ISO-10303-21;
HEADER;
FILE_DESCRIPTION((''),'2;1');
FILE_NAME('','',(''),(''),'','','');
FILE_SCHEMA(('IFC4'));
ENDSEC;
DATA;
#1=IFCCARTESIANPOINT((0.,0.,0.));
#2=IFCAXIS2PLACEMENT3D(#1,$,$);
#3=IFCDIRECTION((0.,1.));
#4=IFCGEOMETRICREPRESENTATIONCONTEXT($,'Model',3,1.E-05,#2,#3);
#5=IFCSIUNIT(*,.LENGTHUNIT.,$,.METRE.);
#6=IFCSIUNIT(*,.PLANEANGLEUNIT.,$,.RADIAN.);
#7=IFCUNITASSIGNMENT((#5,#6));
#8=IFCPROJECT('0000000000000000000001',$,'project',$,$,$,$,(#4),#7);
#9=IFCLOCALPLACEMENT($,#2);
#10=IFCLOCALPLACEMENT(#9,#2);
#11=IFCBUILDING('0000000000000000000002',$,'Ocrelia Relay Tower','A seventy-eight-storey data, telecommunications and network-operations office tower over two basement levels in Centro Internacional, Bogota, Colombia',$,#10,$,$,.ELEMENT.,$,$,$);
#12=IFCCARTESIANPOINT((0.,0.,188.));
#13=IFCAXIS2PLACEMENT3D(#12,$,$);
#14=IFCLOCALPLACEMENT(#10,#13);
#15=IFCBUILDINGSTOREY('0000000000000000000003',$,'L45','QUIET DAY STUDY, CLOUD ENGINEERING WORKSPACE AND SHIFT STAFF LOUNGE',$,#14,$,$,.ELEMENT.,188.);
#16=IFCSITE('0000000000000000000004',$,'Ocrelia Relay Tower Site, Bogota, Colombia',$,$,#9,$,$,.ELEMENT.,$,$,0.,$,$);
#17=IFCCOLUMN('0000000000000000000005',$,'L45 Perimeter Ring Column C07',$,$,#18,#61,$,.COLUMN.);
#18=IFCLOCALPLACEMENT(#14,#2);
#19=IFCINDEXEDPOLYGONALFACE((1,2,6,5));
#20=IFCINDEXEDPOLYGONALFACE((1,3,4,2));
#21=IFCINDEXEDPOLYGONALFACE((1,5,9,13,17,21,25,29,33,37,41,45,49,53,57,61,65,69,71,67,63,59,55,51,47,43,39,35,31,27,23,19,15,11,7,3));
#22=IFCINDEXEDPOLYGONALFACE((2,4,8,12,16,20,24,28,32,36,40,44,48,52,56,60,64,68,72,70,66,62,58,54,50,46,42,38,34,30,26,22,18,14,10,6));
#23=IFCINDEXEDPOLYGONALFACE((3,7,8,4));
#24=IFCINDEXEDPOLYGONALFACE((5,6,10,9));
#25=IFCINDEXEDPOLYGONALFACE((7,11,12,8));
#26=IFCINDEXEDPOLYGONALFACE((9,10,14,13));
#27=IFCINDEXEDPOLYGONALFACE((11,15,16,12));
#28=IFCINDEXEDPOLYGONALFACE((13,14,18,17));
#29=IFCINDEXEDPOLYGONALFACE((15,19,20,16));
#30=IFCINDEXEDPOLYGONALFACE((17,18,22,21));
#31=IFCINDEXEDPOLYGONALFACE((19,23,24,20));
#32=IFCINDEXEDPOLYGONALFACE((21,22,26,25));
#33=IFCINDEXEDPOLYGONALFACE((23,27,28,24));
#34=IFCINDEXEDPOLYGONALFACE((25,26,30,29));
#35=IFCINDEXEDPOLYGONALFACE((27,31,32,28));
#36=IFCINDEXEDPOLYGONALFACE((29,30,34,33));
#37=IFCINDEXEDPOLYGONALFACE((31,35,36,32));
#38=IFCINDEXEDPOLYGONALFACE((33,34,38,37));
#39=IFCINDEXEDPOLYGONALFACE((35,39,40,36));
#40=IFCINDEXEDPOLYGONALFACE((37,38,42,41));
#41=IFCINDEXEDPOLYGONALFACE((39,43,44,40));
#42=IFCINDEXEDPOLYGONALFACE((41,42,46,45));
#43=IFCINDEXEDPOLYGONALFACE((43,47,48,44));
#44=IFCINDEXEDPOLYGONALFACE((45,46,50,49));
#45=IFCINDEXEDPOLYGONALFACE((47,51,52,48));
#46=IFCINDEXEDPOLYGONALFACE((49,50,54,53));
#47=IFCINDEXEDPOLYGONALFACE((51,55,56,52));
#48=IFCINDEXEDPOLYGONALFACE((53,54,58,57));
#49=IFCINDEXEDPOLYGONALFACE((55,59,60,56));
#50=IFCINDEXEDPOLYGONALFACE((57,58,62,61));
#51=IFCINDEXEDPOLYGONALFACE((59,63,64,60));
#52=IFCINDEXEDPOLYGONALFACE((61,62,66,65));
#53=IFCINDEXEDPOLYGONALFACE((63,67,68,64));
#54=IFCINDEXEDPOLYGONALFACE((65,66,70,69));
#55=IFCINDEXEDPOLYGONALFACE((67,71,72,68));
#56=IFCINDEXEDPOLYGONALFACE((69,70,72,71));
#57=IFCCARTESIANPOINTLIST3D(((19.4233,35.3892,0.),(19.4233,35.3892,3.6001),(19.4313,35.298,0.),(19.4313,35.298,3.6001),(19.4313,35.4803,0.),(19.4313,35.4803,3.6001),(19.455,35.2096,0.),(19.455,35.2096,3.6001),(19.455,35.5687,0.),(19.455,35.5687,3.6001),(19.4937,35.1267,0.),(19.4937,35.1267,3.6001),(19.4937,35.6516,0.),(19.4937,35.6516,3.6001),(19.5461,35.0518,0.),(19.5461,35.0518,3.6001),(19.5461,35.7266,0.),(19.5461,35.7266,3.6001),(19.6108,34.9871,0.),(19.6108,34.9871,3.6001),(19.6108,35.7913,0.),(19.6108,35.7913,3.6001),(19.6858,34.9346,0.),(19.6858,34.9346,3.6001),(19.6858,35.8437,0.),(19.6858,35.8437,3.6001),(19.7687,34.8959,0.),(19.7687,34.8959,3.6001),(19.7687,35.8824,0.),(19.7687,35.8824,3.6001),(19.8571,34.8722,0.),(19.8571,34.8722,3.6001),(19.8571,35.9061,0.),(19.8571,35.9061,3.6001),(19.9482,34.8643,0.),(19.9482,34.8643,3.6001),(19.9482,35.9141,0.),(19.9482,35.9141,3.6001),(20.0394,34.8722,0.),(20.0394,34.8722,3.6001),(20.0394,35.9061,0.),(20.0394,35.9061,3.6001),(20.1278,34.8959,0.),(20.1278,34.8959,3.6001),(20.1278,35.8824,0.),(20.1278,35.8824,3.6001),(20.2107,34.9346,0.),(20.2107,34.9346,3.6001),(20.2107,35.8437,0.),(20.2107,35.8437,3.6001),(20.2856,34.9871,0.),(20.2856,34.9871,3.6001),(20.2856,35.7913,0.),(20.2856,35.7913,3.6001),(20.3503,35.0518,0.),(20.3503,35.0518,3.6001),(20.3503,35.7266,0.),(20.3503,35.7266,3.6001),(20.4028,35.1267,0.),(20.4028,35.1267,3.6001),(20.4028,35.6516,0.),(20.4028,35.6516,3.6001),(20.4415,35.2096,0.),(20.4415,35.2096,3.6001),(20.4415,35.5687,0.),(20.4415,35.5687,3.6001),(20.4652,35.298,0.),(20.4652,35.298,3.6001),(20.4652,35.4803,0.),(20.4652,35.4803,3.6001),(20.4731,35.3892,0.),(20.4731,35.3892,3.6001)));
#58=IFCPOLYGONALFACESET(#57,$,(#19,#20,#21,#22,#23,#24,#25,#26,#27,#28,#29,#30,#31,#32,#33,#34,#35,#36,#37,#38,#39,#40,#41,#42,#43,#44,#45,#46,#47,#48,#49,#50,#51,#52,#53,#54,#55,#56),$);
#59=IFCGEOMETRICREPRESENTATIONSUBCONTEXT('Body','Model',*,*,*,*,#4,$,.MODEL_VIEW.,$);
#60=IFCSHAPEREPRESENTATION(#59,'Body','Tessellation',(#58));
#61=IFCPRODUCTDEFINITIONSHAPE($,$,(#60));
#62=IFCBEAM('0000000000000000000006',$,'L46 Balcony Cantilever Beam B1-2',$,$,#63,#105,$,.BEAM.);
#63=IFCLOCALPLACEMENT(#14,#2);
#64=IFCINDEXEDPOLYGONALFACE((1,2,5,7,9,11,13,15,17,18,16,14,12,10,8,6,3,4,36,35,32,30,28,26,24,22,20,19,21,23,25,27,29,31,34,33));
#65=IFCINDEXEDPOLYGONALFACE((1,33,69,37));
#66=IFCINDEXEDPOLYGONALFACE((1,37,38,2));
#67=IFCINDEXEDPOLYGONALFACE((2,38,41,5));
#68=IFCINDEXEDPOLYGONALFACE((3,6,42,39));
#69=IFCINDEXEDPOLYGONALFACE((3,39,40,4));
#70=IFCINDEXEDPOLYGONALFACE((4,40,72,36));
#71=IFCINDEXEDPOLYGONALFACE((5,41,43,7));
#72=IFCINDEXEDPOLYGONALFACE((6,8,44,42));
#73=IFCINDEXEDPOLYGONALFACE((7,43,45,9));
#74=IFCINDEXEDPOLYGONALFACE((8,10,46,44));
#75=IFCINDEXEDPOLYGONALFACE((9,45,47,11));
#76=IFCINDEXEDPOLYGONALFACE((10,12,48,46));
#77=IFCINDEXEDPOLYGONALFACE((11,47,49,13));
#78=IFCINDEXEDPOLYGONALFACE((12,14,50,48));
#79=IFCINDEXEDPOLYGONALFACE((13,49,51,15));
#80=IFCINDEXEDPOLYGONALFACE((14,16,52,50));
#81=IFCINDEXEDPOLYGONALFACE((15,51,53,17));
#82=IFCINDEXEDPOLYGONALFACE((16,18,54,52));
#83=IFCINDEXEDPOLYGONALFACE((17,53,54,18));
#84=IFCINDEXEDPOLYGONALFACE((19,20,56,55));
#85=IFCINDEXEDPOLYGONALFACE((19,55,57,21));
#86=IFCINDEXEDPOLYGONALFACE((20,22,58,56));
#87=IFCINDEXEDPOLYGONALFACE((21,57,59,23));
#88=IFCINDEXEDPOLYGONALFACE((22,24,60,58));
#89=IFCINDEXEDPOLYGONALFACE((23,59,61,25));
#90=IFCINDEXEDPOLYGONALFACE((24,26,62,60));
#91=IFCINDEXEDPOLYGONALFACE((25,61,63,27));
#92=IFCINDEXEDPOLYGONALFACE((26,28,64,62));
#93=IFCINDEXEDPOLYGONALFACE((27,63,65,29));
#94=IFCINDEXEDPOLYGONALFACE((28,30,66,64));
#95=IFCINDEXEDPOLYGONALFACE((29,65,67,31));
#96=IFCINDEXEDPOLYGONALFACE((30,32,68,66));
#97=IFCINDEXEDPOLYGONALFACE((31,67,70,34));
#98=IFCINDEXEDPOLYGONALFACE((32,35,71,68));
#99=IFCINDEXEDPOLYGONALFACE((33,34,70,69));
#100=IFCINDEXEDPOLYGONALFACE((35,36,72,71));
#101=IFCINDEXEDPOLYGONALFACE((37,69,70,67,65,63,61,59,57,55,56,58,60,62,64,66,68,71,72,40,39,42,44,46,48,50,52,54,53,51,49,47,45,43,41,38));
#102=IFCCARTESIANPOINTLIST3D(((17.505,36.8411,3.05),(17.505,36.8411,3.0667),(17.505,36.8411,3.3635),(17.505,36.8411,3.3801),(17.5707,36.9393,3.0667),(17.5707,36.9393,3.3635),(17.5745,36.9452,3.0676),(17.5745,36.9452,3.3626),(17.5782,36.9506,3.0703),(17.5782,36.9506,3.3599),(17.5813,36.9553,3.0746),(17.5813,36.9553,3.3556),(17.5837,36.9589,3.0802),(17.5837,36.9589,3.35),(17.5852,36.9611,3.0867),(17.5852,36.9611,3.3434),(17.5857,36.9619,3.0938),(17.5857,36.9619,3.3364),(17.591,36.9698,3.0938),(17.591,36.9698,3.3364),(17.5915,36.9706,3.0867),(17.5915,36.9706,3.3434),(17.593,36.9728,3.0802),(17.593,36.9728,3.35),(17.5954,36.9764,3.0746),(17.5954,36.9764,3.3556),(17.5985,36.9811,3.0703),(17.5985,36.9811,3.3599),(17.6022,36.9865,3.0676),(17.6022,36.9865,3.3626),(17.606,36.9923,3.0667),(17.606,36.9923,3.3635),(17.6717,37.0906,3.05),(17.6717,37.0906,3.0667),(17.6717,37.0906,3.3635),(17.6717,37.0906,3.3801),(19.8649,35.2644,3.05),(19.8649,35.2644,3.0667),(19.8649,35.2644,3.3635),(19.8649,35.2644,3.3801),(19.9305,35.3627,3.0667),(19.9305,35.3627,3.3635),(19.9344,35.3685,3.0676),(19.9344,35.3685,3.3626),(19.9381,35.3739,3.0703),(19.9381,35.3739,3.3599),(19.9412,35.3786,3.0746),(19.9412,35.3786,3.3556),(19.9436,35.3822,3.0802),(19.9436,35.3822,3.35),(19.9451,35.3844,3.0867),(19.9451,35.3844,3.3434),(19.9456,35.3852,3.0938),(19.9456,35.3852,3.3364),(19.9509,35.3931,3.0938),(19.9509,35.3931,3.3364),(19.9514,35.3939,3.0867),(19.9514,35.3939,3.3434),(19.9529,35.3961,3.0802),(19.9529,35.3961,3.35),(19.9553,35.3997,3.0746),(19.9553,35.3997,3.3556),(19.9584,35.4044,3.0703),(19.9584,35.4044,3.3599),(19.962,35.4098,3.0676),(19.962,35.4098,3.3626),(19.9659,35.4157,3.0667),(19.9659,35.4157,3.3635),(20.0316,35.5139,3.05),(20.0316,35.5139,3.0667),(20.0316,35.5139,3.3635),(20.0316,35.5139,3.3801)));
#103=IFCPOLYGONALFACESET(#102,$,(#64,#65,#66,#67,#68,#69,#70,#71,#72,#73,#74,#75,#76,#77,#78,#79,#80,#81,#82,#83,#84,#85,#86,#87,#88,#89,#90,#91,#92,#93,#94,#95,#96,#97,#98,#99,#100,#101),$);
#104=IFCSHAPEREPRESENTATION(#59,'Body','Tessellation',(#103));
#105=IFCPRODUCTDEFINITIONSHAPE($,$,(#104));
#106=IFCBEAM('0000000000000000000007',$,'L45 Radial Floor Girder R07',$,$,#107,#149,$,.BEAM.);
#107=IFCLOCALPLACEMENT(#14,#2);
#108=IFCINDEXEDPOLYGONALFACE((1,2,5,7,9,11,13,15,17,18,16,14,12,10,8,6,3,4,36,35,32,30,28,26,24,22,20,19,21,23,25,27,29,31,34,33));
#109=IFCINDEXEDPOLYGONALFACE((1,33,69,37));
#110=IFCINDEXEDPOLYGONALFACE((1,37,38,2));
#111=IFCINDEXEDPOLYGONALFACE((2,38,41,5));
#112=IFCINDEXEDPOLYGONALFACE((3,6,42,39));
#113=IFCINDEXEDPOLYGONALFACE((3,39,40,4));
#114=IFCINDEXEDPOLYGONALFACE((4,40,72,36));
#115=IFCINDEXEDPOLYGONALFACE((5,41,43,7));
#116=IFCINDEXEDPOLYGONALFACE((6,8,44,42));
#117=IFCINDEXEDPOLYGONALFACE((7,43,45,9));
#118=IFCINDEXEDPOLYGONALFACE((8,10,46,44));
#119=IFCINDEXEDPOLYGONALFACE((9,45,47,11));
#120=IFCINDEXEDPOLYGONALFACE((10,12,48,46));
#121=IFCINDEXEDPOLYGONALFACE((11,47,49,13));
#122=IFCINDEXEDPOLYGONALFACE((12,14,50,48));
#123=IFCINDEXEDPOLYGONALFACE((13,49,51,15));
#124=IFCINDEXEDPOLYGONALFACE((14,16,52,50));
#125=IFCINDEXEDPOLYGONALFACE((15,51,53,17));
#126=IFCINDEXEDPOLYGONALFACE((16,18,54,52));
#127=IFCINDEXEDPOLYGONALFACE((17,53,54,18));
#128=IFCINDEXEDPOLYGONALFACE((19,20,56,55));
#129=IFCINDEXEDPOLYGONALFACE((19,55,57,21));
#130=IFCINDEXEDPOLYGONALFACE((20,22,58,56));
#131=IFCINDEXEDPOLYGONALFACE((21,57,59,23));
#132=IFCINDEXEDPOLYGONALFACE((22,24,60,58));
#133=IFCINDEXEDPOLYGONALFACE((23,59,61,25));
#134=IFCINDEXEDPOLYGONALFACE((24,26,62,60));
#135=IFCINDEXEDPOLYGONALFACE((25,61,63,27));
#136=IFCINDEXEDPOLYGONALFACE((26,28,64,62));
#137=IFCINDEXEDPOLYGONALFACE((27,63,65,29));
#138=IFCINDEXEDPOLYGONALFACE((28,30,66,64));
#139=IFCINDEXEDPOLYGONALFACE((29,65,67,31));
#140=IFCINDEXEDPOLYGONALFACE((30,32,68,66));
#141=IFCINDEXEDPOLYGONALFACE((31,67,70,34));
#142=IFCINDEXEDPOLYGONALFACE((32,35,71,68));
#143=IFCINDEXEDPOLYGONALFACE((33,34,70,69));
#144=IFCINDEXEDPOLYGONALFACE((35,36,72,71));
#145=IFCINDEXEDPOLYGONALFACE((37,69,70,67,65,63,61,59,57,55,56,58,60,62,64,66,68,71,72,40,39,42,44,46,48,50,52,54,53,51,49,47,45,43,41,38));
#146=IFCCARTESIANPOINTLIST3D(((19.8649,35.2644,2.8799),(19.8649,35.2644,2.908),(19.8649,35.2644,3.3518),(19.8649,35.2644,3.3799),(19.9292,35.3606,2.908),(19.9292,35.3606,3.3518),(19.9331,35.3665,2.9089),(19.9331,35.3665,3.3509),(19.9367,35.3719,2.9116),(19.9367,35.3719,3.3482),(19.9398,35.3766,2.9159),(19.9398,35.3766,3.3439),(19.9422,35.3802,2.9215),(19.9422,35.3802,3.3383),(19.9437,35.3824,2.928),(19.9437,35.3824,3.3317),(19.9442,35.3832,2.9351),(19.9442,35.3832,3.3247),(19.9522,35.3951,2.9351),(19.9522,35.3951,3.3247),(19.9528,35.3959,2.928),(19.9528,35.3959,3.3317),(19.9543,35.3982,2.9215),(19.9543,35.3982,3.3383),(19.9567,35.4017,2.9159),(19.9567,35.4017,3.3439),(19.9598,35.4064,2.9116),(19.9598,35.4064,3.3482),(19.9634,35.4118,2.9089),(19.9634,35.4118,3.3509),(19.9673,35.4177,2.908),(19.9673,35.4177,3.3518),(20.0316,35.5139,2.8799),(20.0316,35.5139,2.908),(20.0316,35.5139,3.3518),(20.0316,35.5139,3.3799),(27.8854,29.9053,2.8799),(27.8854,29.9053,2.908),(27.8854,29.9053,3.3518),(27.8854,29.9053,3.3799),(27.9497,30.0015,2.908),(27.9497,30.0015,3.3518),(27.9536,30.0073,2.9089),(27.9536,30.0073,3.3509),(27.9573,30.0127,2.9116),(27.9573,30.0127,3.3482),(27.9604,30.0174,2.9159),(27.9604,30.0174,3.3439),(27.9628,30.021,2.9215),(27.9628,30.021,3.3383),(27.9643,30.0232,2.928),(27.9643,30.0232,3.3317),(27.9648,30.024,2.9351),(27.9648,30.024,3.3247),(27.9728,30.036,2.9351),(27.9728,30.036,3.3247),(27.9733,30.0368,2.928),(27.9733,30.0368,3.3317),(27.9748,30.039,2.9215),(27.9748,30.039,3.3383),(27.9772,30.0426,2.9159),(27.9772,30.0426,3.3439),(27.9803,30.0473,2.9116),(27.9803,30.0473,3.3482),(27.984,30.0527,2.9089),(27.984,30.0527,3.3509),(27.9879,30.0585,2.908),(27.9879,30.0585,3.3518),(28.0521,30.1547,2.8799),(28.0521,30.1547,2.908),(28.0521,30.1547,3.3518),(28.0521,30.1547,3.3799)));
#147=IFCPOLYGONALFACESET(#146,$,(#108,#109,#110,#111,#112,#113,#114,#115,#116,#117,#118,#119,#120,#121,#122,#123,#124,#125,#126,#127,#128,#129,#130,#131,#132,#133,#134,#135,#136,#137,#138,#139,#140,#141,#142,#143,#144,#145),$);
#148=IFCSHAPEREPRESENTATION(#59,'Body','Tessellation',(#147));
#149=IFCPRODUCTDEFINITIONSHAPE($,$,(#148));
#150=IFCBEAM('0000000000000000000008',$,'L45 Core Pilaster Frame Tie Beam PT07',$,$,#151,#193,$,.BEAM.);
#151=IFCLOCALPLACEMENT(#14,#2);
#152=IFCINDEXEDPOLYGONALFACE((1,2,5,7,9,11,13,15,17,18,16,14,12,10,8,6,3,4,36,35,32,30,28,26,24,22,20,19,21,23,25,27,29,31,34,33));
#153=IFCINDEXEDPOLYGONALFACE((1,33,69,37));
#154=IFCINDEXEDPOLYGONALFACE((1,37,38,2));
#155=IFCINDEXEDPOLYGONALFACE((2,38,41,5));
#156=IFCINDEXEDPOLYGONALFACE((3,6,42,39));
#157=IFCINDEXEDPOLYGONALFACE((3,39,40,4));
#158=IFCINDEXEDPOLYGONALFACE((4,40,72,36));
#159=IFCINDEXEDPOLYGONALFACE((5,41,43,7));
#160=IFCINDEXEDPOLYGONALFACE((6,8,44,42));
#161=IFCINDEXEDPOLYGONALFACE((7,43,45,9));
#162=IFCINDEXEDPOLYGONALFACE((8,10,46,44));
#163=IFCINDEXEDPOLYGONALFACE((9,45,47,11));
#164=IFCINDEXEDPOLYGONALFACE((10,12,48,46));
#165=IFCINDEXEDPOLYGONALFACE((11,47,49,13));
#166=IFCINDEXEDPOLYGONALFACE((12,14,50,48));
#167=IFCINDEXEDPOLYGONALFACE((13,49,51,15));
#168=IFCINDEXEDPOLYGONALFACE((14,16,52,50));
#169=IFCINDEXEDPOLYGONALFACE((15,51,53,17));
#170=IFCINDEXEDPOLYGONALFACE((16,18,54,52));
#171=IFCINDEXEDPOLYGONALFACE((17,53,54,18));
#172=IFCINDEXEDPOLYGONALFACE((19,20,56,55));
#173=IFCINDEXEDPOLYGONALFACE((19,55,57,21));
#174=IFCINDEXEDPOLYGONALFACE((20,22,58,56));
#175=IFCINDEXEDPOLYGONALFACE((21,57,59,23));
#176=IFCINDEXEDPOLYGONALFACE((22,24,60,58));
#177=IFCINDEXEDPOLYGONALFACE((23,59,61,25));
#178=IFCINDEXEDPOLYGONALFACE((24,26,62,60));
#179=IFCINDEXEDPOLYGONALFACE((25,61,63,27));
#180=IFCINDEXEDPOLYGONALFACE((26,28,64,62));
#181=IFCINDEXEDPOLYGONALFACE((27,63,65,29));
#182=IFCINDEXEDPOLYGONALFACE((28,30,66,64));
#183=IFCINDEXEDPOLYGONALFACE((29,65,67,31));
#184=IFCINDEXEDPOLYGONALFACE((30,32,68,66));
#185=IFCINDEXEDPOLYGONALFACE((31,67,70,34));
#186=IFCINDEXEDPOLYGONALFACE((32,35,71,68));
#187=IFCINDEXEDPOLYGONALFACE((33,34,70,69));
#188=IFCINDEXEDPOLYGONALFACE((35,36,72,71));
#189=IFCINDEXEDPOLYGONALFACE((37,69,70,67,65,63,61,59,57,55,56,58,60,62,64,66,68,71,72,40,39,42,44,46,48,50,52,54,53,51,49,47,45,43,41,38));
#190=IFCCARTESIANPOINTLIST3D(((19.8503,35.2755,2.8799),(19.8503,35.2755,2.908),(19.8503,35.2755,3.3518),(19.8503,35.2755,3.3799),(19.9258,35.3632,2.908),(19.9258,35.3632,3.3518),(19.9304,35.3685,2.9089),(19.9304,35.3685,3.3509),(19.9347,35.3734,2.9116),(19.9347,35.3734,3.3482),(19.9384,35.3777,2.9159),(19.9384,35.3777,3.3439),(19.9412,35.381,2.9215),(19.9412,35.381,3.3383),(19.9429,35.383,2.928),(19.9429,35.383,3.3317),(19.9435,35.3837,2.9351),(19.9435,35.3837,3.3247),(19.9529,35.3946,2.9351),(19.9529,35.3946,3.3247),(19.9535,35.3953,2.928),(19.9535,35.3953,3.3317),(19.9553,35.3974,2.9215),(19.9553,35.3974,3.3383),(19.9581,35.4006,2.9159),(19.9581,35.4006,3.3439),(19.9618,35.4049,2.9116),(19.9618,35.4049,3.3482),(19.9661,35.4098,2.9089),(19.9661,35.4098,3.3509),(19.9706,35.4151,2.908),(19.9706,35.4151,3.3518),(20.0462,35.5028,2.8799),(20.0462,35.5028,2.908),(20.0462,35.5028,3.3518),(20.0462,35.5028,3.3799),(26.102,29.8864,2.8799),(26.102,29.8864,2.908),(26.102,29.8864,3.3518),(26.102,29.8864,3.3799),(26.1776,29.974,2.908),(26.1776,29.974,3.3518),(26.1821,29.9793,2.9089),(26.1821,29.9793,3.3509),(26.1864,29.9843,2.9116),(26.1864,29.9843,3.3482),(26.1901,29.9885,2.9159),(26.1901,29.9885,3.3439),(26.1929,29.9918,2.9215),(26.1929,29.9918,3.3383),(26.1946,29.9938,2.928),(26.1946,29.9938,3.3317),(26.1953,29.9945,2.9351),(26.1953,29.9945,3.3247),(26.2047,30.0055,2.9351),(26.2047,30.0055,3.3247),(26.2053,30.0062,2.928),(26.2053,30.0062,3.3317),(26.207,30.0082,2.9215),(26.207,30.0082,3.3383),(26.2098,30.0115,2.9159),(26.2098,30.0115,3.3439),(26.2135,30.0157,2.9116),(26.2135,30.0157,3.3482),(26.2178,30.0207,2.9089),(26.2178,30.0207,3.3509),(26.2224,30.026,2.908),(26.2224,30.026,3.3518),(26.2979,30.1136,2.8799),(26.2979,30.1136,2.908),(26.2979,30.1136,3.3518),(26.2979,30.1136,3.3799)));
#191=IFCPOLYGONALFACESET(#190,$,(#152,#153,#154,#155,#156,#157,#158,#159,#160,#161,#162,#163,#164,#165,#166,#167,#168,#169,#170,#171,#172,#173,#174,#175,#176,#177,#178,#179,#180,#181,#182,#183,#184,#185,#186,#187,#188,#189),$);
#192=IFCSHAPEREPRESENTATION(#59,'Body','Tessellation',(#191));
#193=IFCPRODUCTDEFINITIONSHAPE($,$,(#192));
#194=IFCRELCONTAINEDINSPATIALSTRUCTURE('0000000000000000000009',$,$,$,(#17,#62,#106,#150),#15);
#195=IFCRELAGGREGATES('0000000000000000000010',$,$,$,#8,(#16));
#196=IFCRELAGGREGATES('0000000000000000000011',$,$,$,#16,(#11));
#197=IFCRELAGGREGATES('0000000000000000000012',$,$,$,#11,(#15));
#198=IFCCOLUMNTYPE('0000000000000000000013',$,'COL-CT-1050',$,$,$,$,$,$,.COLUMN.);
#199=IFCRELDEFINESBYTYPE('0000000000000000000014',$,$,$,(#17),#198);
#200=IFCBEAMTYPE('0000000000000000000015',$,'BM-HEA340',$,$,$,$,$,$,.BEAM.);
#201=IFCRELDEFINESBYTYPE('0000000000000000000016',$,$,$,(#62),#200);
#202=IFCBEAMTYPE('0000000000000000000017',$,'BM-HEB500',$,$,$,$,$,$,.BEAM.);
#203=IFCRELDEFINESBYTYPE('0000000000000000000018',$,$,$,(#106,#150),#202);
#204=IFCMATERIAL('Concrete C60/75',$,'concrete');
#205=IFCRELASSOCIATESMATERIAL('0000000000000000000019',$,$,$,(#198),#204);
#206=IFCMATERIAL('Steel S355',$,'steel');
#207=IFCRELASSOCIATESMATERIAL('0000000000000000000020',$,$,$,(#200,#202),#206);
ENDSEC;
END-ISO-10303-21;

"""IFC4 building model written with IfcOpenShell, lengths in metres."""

from ifc_helpers import new_model, si_unit, direction, frame, origin, origin_2d, place, context, subcontext, project, spatial, circle, i_section, extrude, material, material_profile, profile_set, type_object, element, save


model = new_model("IFC4")

# Units and contexts
model_context = context("Model", 3, precision=1e-05, world=origin(), true_north=direction((0.0, 1.0)))
body_context = subcontext(model_context, "Body", "Model", "MODEL_VIEW")
ifc_project = project(units=[si_unit("LENGTHUNIT", "METRE"), si_unit("PLANEANGLEUNIT", "RADIAN")], contexts=[model_context])

# Site, building, storey
site_placement = place(None, origin())
site = spatial("IfcSite", under=ifc_project, at=site_placement, Name="Ocrelia Relay Tower Site, Bogota, Colombia", CompositionType="ELEMENT", RefElevation=0.0)
building_placement = place(site_placement, origin())
building = spatial("IfcBuilding", under=site, at=building_placement, Name="Ocrelia Relay Tower", Description="A seventy-eight-storey data, telecommunications and network-operations office tower over two basement levels in Centro Internacional, Bogota, Colombia", CompositionType="ELEMENT")
storey_placement = place(building_placement, frame((0.0, 0.0, 188.0)))
storey = spatial("IfcBuildingStorey", under=building, at=storey_placement, Name="L45", Description="QUIET DAY STUDY, CLOUD ENGINEERING WORKSPACE AND SHIFT STAFF LOUNGE", CompositionType="ELEMENT", Elevation=188.0)

# Column
ifc_material_1 = material(Name="Concrete C60/75", Category="concrete")
ifc_material_profile_1 = material_profile(ifc_material_1, circle(Radius=0.5249, at=origin_2d()), Name="RC-CIR-1050")
ifc_profile_set_1 = profile_set([ifc_material_profile_1], Name="Concrete C60/75")
column_type = type_object("IfcColumnType", Name="COL-CT-1050", PredefinedType="COLUMN", material=ifc_profile_set_1)
column_placement = place(storey_placement, frame((19.9482, 35.3892, 0.0), z_axis=(0.0, 0.0, 1.0), x_axis=(1.0, 0.0, 0.0)))
element("IfcColumn", 1, at=column_placement, inside=storey, type_object=column_type, Name="L45 Perimeter Ring Column C07", PredefinedType="COLUMN", context=body_context, shape_type="SweptSolid", body=[
    extrude(circle(Radius=0.5249, at=origin_2d()), origin(), (0.0, 0.0, 1.0), 3.6001),
])

# Beams
ifc_material_2 = material(Name="Steel S355", Category="steel")
ifc_material_profile_2 = material_profile(ifc_material_2, i_section(OverallWidth=0.3, OverallDepth=0.3301, WebThickness=0.0095, FlangeThickness=0.0166, FilletRadius=0.0271, at=origin_2d()), Name="HEA 340")
ifc_profile_set_2 = profile_set([ifc_material_profile_2], Name="Steel S355")
beam_type_1 = type_object("IfcBeamType", Name="BM-HEA340", PredefinedType="BEAM", material=ifc_profile_set_2)
beam_1_placement = place(storey_placement, frame((19.9482, 35.3892, 3.2151), z_axis=(-0.831494, 0.555534, 0.0), x_axis=(-0.555534, -0.831494, 0.0)))
element("IfcBeam", 2, at=beam_1_placement, inside=storey, type_object=beam_type_1, Name="L46 Balcony Cantilever Beam B1-2", PredefinedType="BEAM", context=body_context, shape_type="SweptSolid", body=[
    extrude(i_section(OverallWidth=0.3, OverallDepth=0.3301, WebThickness=0.0095, FlangeThickness=0.0166, FilletRadius=0.0271, at=origin_2d()), origin(), (0.0, 0.0, 1.0), 2.8381),
])
ifc_material_profile_3 = material_profile(ifc_material_2, i_section(OverallWidth=0.3, OverallDepth=0.5, WebThickness=0.0144, FlangeThickness=0.0281, FilletRadius=0.0271, at=origin_2d()), Name="HEB 500")
ifc_profile_set_3 = profile_set([ifc_material_profile_3], Name="Steel S355")
beam_type_2 = type_object("IfcBeamType", Name="BM-HEB500", PredefinedType="BEAM", material=ifc_profile_set_3)
beam_2_placement = place(storey_placement, frame((19.9482, 35.3892, 3.1299), z_axis=(0.83147, -0.55557, 0.0), x_axis=(0.55557, 0.83147, 0.0)))
element("IfcBeam", 3, at=beam_2_placement, inside=storey, type_object=beam_type_2, Name="L45 Radial Floor Girder R07", PredefinedType="BEAM", context=body_context, shape_type="SweptSolid", body=[
    extrude(i_section(OverallWidth=0.3, OverallDepth=0.5, WebThickness=0.0144, FlangeThickness=0.0281, FilletRadius=0.0271, at=origin_2d()), origin(), (0.0, 0.0, 1.0), 9.6462),
])
beam_3_placement = place(storey_placement, frame((19.9482, 35.3892, 3.1299), z_axis=(0.757425, -0.652923, 0.0), x_axis=(0.652923, 0.757425, 0.0)))
element("IfcBeam", 4, at=beam_3_placement, inside=storey, type_object=beam_type_2, Name="L45 Core Pilaster Frame Tie Beam PT07", PredefinedType="BEAM", context=body_context, shape_type="SweptSolid", body=[
    extrude(i_section(OverallWidth=0.3, OverallDepth=0.5, WebThickness=0.0144, FlangeThickness=0.0281, FilletRadius=0.0271, at=origin_2d()), origin(), (0.0, 0.0, 1.0), 8.2539),
])

save(model, "model.ifc")
